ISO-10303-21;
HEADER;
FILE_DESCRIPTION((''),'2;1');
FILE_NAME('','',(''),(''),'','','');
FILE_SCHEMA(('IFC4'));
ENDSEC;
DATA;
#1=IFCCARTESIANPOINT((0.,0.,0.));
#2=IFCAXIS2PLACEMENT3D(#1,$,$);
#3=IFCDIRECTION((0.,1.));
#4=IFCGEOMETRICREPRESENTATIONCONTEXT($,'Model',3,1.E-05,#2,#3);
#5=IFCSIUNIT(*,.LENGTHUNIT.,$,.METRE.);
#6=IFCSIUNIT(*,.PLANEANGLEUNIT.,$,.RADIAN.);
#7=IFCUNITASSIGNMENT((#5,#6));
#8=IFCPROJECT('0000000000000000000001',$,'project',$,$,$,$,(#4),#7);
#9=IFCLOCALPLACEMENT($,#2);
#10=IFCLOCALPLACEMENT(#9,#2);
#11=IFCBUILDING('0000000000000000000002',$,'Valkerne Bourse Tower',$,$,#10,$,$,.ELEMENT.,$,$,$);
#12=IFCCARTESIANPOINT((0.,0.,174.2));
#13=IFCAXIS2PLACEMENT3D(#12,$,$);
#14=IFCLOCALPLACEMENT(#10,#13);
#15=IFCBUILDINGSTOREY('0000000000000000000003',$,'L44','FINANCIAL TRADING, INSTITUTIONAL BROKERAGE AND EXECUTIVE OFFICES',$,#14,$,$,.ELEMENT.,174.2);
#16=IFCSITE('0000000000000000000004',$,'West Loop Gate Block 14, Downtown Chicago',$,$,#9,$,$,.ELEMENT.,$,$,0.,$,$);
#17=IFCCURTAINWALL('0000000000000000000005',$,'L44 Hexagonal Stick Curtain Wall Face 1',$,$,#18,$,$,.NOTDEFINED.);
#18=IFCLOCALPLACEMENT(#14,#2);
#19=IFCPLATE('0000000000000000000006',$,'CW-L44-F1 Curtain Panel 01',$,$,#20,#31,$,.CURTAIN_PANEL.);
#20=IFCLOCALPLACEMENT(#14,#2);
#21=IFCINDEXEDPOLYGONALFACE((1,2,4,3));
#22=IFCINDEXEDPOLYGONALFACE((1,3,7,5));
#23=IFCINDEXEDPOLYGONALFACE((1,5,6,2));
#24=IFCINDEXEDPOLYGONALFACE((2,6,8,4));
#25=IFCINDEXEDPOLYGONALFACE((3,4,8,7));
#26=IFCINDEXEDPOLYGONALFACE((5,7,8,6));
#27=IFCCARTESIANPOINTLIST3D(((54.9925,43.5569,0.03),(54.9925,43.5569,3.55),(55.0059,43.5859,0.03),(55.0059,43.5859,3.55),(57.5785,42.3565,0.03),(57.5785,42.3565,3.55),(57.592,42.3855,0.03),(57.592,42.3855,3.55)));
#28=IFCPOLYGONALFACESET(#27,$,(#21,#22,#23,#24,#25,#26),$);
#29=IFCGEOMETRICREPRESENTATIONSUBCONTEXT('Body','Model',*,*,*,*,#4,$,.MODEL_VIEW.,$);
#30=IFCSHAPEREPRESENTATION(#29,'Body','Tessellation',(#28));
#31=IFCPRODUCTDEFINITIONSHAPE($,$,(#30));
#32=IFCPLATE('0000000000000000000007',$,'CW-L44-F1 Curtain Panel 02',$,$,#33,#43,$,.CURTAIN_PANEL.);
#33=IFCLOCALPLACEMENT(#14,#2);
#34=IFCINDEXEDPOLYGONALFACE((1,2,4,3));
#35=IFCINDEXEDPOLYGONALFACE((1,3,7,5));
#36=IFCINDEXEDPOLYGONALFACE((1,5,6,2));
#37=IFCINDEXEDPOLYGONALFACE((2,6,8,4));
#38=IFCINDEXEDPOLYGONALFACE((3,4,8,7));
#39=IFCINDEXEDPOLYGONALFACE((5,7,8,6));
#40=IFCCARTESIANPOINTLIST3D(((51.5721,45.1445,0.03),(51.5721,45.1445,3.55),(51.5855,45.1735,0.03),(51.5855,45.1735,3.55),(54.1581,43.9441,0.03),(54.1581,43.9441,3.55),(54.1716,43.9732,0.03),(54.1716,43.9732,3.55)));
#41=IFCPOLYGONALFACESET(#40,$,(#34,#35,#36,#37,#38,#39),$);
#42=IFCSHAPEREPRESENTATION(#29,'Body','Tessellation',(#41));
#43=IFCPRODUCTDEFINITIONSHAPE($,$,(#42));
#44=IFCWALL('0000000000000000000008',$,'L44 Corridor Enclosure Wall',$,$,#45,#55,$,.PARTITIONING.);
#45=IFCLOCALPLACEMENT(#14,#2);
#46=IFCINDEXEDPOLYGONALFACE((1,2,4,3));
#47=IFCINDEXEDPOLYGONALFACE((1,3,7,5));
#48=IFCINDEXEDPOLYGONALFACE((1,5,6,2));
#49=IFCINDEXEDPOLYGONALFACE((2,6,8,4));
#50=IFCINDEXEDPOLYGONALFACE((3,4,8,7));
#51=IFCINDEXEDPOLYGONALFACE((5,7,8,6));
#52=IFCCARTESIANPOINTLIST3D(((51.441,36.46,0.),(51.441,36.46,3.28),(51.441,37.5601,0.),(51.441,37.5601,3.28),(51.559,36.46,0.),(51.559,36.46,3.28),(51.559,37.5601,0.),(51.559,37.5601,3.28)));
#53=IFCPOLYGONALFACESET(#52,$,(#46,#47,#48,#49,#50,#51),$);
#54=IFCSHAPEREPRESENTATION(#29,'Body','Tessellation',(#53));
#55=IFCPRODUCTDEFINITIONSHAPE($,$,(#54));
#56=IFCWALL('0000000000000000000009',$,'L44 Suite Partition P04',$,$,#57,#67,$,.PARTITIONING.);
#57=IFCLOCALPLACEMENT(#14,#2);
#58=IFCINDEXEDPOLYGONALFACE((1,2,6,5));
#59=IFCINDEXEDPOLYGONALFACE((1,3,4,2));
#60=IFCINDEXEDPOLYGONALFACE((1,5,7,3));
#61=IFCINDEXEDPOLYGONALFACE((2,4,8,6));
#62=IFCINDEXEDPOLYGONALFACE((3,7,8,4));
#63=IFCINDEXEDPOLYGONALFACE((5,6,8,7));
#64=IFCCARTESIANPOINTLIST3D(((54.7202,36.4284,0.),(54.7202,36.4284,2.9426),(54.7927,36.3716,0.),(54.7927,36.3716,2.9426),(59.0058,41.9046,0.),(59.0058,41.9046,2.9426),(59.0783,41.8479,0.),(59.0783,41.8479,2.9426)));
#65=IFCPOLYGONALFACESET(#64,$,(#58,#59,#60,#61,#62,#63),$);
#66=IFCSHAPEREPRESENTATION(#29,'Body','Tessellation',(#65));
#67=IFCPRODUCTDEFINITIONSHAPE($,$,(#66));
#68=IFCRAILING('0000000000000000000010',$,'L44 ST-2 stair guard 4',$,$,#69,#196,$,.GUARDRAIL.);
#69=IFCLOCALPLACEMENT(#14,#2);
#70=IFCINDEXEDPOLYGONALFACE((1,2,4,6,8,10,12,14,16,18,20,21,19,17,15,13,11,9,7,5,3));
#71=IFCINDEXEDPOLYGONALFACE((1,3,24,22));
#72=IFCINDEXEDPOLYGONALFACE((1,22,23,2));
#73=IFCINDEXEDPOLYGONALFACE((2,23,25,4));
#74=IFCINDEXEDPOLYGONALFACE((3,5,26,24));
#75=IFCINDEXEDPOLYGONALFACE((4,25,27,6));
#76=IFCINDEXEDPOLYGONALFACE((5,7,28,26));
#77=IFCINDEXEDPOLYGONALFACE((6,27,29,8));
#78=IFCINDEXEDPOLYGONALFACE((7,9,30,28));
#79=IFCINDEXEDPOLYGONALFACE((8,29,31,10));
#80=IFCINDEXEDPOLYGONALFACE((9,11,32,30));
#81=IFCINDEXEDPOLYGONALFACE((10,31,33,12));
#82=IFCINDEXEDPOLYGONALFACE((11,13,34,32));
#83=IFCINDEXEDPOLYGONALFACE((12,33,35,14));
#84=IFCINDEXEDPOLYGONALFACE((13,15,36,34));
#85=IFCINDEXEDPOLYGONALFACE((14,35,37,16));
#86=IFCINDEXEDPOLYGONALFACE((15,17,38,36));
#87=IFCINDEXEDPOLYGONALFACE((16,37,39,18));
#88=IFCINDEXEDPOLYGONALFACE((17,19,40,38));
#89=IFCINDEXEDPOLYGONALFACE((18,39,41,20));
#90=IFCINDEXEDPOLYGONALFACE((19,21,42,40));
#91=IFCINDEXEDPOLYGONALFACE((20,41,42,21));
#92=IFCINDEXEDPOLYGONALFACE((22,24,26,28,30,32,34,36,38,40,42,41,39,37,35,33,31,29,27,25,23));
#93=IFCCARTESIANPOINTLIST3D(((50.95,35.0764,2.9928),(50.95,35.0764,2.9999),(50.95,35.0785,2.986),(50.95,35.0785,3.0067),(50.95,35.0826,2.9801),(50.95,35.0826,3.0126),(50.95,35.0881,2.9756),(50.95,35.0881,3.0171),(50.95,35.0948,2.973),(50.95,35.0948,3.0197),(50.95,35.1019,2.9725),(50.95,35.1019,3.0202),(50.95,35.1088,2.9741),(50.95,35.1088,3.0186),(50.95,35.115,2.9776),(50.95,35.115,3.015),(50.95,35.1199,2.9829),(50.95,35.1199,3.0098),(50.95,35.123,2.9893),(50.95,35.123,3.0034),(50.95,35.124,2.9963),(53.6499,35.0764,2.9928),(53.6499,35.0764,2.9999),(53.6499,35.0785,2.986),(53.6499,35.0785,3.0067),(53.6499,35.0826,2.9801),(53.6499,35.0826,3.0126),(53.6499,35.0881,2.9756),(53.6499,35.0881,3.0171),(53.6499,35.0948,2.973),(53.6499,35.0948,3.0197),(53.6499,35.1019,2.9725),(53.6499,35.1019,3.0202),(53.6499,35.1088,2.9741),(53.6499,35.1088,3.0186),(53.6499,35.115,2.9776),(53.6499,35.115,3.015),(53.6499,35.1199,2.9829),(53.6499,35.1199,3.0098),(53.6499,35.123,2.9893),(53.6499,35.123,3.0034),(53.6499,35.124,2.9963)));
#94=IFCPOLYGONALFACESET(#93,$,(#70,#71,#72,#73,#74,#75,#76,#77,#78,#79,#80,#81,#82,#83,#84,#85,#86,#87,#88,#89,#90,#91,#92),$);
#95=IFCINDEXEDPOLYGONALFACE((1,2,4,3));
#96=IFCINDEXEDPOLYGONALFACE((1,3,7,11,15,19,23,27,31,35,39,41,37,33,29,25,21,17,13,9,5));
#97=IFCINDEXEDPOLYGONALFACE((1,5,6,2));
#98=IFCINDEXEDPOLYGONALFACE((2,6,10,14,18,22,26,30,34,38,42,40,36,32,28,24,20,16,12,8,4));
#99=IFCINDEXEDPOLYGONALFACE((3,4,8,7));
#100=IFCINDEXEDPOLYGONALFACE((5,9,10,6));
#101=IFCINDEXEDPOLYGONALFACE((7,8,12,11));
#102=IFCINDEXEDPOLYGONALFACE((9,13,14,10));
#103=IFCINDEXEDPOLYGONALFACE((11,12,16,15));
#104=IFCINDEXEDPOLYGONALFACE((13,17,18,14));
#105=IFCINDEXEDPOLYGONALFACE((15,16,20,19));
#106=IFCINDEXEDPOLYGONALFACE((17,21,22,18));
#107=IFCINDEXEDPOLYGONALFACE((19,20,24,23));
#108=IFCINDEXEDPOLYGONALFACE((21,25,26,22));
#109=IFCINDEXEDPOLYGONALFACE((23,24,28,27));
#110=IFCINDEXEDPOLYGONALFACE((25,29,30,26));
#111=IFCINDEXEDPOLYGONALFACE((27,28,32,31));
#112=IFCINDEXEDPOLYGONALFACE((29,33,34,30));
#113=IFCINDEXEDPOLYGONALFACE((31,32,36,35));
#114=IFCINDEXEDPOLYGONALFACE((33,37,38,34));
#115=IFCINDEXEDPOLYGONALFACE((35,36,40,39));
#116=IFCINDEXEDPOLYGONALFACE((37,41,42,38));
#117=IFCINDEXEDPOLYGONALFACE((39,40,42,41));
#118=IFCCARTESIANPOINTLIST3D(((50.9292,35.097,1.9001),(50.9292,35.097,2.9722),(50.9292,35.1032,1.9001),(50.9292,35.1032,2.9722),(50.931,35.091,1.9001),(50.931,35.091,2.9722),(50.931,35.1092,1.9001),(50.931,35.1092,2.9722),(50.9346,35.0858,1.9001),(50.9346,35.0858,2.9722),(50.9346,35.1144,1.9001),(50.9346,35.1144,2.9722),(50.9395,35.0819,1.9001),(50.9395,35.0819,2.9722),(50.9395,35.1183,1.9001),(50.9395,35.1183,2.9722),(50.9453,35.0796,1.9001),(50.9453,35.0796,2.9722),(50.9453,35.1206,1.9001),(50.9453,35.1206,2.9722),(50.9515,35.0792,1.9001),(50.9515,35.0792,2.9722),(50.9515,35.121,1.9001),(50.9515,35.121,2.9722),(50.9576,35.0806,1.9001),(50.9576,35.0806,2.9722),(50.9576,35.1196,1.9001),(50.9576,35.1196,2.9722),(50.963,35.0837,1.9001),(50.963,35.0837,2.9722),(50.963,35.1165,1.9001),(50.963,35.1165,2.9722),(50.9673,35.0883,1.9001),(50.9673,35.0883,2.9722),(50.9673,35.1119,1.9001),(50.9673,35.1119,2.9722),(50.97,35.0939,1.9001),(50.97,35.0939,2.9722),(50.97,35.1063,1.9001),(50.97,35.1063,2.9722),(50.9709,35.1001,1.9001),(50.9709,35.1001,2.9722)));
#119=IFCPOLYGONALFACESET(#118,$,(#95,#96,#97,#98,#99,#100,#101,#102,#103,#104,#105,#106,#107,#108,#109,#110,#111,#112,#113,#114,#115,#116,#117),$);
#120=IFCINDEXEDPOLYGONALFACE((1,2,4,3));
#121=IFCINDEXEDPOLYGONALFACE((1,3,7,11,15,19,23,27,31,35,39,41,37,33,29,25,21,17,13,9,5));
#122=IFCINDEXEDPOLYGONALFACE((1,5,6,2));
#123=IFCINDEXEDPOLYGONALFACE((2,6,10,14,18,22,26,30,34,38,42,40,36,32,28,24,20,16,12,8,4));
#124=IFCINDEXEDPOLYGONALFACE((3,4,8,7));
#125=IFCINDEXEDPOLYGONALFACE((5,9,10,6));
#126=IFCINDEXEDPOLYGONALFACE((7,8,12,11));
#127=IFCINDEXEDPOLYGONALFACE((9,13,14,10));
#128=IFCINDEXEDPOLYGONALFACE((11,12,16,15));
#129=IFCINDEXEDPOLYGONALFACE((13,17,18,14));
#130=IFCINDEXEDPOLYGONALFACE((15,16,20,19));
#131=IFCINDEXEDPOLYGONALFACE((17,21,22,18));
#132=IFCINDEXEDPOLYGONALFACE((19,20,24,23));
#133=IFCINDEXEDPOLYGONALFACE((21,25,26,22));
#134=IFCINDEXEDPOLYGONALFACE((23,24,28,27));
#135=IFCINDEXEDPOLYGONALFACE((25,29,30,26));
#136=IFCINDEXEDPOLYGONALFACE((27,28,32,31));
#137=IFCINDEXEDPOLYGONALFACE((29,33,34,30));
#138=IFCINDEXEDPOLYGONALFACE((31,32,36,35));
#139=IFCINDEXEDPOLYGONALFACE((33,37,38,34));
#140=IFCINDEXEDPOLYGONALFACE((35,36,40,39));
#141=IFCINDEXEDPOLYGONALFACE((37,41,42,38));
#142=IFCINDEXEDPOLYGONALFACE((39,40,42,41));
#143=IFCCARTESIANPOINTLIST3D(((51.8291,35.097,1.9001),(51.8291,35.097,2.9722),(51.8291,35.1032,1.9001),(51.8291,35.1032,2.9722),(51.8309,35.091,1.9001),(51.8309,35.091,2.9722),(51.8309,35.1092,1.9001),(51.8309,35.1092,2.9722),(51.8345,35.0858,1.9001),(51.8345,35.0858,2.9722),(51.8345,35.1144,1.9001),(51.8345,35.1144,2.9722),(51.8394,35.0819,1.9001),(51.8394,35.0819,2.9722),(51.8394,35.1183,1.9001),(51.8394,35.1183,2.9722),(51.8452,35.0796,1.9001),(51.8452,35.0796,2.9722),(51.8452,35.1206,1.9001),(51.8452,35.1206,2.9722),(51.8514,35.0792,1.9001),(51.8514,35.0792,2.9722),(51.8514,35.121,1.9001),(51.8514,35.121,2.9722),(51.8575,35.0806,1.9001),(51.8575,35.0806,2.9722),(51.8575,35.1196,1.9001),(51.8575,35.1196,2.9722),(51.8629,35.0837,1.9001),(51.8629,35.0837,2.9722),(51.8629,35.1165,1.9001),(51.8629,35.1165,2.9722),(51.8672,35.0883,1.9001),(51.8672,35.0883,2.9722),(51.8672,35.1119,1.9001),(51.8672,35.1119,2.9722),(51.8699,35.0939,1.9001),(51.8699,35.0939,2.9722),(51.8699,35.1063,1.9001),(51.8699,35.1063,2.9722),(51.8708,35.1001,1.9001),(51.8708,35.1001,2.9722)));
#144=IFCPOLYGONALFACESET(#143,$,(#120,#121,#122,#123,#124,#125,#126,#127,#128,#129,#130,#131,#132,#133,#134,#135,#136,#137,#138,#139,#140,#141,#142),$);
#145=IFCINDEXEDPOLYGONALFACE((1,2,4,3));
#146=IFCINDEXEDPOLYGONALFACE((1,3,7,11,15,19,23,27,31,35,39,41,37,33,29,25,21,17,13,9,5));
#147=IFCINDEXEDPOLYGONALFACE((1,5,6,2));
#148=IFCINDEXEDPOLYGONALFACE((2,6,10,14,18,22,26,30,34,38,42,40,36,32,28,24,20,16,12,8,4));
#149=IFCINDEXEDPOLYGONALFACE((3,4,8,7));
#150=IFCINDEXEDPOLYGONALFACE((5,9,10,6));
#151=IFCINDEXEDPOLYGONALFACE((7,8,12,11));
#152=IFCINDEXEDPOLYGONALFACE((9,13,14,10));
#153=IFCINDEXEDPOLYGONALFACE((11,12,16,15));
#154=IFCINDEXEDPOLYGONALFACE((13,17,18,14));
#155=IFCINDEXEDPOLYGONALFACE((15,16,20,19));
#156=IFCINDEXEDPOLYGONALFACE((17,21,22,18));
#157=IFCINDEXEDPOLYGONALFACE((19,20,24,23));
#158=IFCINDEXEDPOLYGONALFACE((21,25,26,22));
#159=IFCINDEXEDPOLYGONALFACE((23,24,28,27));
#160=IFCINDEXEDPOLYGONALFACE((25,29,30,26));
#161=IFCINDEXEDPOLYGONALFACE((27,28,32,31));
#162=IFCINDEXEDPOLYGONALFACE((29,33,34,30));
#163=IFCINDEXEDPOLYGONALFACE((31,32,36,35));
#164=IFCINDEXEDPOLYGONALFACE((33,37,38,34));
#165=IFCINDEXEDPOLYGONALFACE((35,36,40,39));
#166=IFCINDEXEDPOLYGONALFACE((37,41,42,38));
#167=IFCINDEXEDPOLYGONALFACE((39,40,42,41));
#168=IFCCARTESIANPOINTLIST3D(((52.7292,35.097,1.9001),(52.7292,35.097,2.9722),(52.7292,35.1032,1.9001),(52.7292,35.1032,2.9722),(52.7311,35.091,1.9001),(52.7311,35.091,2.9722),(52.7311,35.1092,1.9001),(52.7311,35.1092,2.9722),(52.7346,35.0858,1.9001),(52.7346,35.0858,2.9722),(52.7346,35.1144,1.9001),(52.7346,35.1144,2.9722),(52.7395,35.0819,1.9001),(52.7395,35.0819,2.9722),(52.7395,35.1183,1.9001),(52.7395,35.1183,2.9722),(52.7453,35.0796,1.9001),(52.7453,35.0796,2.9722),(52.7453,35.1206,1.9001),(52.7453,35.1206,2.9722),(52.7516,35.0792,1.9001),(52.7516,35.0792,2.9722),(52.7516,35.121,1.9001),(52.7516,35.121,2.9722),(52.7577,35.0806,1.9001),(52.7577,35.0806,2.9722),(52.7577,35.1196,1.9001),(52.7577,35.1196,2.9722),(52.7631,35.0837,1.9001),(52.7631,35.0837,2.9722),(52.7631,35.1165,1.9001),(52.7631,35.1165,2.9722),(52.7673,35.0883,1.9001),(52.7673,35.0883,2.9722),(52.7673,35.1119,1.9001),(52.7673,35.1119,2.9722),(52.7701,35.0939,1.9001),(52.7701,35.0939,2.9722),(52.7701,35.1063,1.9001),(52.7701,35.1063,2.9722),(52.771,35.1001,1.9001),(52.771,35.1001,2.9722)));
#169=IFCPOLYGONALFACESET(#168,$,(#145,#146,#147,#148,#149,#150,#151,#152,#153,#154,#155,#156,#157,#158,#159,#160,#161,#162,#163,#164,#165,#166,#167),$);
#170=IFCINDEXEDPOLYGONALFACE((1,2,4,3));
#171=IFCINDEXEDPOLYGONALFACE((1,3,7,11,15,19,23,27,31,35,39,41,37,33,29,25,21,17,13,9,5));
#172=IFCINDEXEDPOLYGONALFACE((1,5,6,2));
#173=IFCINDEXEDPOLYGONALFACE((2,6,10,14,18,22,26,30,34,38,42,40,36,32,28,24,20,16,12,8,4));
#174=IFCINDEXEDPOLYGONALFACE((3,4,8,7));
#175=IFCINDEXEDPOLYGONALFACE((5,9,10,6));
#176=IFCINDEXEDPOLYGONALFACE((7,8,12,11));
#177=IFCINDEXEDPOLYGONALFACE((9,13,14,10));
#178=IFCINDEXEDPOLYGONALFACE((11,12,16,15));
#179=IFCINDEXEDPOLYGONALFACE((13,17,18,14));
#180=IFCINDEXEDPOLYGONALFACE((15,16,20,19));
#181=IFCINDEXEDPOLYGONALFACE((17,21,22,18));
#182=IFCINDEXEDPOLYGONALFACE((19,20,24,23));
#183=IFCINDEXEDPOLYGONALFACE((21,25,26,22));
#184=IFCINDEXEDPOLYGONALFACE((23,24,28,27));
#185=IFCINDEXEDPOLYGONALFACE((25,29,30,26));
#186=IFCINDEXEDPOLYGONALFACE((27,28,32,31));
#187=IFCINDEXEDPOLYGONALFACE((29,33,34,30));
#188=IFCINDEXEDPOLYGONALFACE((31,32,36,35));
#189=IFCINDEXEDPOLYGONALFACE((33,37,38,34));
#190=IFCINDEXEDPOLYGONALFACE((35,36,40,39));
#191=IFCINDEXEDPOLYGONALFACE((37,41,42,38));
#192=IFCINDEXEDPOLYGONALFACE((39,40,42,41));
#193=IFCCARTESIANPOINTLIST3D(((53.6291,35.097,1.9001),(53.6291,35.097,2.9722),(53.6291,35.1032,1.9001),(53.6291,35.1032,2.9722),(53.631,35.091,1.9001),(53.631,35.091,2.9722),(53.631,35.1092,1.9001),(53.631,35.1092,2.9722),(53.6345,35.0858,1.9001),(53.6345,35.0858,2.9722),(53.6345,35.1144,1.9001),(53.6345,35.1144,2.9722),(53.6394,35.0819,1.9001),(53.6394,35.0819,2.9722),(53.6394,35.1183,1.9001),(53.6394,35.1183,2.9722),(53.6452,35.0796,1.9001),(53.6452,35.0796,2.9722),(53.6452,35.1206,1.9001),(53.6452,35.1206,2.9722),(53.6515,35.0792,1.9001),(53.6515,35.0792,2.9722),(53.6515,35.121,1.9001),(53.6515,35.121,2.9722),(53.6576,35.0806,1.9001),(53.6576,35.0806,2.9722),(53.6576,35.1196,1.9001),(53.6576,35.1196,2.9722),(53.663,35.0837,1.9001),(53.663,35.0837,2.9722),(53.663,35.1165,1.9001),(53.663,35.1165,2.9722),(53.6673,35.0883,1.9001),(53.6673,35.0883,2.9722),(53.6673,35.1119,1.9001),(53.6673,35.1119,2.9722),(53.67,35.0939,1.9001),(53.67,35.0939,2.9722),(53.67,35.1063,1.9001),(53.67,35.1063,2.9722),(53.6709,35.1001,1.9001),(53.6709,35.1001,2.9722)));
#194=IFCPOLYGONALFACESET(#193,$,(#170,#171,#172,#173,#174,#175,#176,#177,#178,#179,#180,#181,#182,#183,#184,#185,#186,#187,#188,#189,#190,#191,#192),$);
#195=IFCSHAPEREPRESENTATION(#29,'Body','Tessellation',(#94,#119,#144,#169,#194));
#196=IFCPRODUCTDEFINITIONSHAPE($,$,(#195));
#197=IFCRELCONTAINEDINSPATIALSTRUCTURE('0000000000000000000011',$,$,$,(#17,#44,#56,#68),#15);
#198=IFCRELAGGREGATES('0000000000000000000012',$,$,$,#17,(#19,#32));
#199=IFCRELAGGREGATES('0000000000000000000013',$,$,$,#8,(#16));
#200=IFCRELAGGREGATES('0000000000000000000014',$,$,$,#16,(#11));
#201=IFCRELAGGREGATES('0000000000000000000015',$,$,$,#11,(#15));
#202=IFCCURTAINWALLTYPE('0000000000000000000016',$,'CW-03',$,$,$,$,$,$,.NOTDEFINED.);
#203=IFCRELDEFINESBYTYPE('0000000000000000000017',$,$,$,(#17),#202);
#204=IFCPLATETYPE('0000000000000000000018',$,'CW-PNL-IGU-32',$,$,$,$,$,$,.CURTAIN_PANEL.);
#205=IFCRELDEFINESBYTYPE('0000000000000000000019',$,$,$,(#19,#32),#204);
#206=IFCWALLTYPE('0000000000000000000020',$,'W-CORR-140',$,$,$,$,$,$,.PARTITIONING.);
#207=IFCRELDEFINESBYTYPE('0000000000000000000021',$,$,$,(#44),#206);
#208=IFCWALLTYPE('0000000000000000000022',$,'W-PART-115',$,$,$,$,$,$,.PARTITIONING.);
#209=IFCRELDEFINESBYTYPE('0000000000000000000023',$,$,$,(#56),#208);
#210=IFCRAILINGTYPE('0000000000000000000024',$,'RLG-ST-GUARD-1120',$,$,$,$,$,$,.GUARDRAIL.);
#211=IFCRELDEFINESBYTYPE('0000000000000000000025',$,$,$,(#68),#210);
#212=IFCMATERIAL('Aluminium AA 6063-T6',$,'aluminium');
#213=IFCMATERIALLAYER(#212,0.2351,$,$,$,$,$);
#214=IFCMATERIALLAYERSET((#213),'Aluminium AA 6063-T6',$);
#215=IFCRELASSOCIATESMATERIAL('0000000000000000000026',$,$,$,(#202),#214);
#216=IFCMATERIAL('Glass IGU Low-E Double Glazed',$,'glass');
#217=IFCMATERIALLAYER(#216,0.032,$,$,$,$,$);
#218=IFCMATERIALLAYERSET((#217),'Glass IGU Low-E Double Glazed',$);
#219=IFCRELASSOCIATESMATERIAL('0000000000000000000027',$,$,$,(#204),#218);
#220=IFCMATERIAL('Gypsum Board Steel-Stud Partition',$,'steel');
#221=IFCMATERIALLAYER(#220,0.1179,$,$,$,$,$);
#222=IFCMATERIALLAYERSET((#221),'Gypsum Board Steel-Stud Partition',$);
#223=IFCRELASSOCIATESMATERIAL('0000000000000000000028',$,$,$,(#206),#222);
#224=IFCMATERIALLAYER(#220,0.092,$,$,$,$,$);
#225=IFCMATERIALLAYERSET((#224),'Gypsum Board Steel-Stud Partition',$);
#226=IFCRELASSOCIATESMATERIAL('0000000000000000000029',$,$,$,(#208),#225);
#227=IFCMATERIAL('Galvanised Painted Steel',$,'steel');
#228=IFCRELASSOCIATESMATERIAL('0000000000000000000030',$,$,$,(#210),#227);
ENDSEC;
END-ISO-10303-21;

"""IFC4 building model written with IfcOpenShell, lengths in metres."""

from ifc_helpers import new_model, si_unit, direction, frame, frame_2d, origin, origin_2d, place, context, subcontext, project, spatial, rectangle, circle, extrude, material, layer, layer_set, type_object, element, aggregate, save


model = new_model("IFC4")

# Units and contexts
model_context = context("Model", 3, precision=1e-05, world=origin(), true_north=direction((0.0, 1.0)))
body_context = subcontext(model_context, "Body", "Model", "MODEL_VIEW")
ifc_project = project(units=[si_unit("LENGTHUNIT", "METRE"), si_unit("PLANEANGLEUNIT", "RADIAN")], contexts=[model_context])

# Site, building, storey
site_placement = place(None, origin())
site = spatial("IfcSite", under=ifc_project, at=site_placement, Name="West Loop Gate Block 14, Downtown Chicago", CompositionType="ELEMENT", RefElevation=0.0)
building_placement = place(site_placement, origin())
building = spatial("IfcBuilding", under=site, at=building_placement, Name="Valkerne Bourse Tower", CompositionType="ELEMENT")
storey_placement = place(building_placement, frame((0.0, 0.0, 174.2)))
storey = spatial("IfcBuildingStorey", under=building, at=storey_placement, Name="L44", Description="FINANCIAL TRADING, INSTITUTIONAL BROKERAGE AND EXECUTIVE OFFICES", CompositionType="ELEMENT", Elevation=174.2)

# Curtain wall
ifc_material_1 = material(Name="Aluminium AA 6063-T6", Category="aluminium")
ifc_layer_1 = layer(ifc_material_1, 0.2351)
ifc_layer_set_1 = layer_set([ifc_layer_1], Name="Aluminium AA 6063-T6")
curtain_wall_type = type_object("IfcCurtainWallType", Name="CW-03", PredefinedType="NOTDEFINED", material=ifc_layer_set_1)
curtain_wall_1_placement = place(storey_placement, origin())
curtain_wall_1 = element("IfcCurtainWall", 1, at=curtain_wall_1_placement, inside=storey, type_object=curtain_wall_type, Name="L44 Hexagonal Stick Curtain Wall Face 1", PredefinedType="NOTDEFINED")

# Plates
ifc_material_2 = material(Name="Glass IGU Low-E Double Glazed", Category="glass")
ifc_layer_2 = layer(ifc_material_2, 0.032)
ifc_layer_set_2 = layer_set([ifc_layer_2], Name="Glass IGU Low-E Double Glazed")
plate_type = type_object("IfcPlateType", Name="CW-PNL-IGU-32", PredefinedType="CURTAIN_PANEL", material=ifc_layer_set_2)
plate_1_placement = place(storey_placement, frame((56.2922, 42.9712, 0.03), z_axis=(0.0, 0.0, 1.0), x_axis=(-0.907044, 0.421037, 0.0)))
plate_1 = element("IfcPlate", 2, at=plate_1_placement, type_object=plate_type, Name="CW-L44-F1 Curtain Panel 01", PredefinedType="CURTAIN_PANEL", context=body_context, shape_type="SweptSolid", body=[
    extrude(rectangle(XDim=2.8511, YDim=0.032, at=origin_2d()), origin(), (0.0, 0.0, 1.0), 3.52),
])
plate_2_placement = place(storey_placement, frame((52.8718, 44.5588, 0.03), z_axis=(0.0, 0.0, 1.0), x_axis=(-0.907048, 0.421026, 0.0)))
plate_2 = element("IfcPlate", 3, at=plate_2_placement, type_object=plate_type, Name="CW-L44-F1 Curtain Panel 02", PredefinedType="CURTAIN_PANEL", context=body_context, shape_type="SweptSolid", body=[
    extrude(rectangle(XDim=2.8511, YDim=0.032, at=origin_2d()), origin(), (0.0, 0.0, 1.0), 3.52),
])
aggregate(curtain_wall_1, [plate_1, plate_2])

# Walls
ifc_material_3 = material(Name="Gypsum Board Steel-Stud Partition", Category="steel")
ifc_layer_3 = layer(ifc_material_3, 0.1179)
ifc_layer_set_3 = layer_set([ifc_layer_3], Name="Gypsum Board Steel-Stud Partition")
wall_type_1 = type_object("IfcWallType", Name="W-CORR-140", PredefinedType="PARTITIONING", material=ifc_layer_set_3)
wall_1_placement = place(storey_placement, frame((51.5, 37.5601, 0.0), z_axis=(0.0, 0.0, 1.0), x_axis=(0.0, -1.0, 0.0)))
element("IfcWall", 4, at=wall_1_placement, inside=storey, type_object=wall_type_1, Name="L44 Corridor Enclosure Wall", PredefinedType="PARTITIONING", context=body_context, shape_type="SweptSolid", body=[
    extrude(rectangle(XDim=1.1001, YDim=0.1179, at=frame_2d((0.55, 0.0))), origin(), (0.0, 0.0, 1.0), 3.28),
])
ifc_layer_4 = layer(ifc_material_3, 0.092)
ifc_layer_set_4 = layer_set([ifc_layer_4], Name="Gypsum Board Steel-Stud Partition")
wall_type_2 = type_object("IfcWallType", Name="W-PART-115", PredefinedType="PARTITIONING", material=ifc_layer_set_4)
wall_2_placement = place(storey_placement, frame((54.7563, 36.3999, 0.0), z_axis=(0.0, 0.0, 1.0), x_axis=(0.616293, 0.787517, 0.0)))
element("IfcWall", 5, at=wall_2_placement, inside=storey, type_object=wall_type_2, Name="L44 Suite Partition P04", PredefinedType="PARTITIONING", context=body_context, shape_type="SweptSolid", body=[
    extrude(rectangle(XDim=6.9539, YDim=0.092, at=frame_2d((3.4771, 0.0))), origin(), (0.0, 0.0, 1.0), 2.9426),
])

# Railing
ifc_material_4 = material(Name="Galvanised Painted Steel", Category="steel")
railing_type_1 = type_object("IfcRailingType", Name="RLG-ST-GUARD-1120", PredefinedType="GUARDRAIL", material=ifc_material_4)
railing_1_placement = place(storey_placement, frame((50.95, 35.1001, 1.9001)))
element("IfcRailing", 6, at=railing_1_placement, inside=storey, type_object=railing_type_1, Name="L44 ST-2 stair guard 4", PredefinedType="GUARDRAIL", context=body_context, shape_type="SweptSolid", body=[
    extrude(circle(Radius=0.0239, at=origin_2d()), frame((0.0, 0.0, 1.0962), z_axis=(1.0, 0.0, 0.0), x_axis=(0.0, 1.0, 0.0)), (0.0, 0.0, 1.0), 2.7),
    extrude(circle(Radius=0.021, at=origin_2d()), origin(), (0.0, 0.0, 1.0), 1.072),
    extrude(circle(Radius=0.021, at=origin_2d()), frame((0.8999, 0.0, 0.0)), (0.0, 0.0, 1.0), 1.072),
    extrude(circle(Radius=0.021, at=origin_2d()), frame((1.8, 0.0, 0.0)), (0.0, 0.0, 1.0), 1.072),
    extrude(circle(Radius=0.021, at=origin_2d()), frame((2.7, 0.0, 0.0)), (0.0, 0.0, 1.0), 1.072),
])

save(model, "model.ifc")
